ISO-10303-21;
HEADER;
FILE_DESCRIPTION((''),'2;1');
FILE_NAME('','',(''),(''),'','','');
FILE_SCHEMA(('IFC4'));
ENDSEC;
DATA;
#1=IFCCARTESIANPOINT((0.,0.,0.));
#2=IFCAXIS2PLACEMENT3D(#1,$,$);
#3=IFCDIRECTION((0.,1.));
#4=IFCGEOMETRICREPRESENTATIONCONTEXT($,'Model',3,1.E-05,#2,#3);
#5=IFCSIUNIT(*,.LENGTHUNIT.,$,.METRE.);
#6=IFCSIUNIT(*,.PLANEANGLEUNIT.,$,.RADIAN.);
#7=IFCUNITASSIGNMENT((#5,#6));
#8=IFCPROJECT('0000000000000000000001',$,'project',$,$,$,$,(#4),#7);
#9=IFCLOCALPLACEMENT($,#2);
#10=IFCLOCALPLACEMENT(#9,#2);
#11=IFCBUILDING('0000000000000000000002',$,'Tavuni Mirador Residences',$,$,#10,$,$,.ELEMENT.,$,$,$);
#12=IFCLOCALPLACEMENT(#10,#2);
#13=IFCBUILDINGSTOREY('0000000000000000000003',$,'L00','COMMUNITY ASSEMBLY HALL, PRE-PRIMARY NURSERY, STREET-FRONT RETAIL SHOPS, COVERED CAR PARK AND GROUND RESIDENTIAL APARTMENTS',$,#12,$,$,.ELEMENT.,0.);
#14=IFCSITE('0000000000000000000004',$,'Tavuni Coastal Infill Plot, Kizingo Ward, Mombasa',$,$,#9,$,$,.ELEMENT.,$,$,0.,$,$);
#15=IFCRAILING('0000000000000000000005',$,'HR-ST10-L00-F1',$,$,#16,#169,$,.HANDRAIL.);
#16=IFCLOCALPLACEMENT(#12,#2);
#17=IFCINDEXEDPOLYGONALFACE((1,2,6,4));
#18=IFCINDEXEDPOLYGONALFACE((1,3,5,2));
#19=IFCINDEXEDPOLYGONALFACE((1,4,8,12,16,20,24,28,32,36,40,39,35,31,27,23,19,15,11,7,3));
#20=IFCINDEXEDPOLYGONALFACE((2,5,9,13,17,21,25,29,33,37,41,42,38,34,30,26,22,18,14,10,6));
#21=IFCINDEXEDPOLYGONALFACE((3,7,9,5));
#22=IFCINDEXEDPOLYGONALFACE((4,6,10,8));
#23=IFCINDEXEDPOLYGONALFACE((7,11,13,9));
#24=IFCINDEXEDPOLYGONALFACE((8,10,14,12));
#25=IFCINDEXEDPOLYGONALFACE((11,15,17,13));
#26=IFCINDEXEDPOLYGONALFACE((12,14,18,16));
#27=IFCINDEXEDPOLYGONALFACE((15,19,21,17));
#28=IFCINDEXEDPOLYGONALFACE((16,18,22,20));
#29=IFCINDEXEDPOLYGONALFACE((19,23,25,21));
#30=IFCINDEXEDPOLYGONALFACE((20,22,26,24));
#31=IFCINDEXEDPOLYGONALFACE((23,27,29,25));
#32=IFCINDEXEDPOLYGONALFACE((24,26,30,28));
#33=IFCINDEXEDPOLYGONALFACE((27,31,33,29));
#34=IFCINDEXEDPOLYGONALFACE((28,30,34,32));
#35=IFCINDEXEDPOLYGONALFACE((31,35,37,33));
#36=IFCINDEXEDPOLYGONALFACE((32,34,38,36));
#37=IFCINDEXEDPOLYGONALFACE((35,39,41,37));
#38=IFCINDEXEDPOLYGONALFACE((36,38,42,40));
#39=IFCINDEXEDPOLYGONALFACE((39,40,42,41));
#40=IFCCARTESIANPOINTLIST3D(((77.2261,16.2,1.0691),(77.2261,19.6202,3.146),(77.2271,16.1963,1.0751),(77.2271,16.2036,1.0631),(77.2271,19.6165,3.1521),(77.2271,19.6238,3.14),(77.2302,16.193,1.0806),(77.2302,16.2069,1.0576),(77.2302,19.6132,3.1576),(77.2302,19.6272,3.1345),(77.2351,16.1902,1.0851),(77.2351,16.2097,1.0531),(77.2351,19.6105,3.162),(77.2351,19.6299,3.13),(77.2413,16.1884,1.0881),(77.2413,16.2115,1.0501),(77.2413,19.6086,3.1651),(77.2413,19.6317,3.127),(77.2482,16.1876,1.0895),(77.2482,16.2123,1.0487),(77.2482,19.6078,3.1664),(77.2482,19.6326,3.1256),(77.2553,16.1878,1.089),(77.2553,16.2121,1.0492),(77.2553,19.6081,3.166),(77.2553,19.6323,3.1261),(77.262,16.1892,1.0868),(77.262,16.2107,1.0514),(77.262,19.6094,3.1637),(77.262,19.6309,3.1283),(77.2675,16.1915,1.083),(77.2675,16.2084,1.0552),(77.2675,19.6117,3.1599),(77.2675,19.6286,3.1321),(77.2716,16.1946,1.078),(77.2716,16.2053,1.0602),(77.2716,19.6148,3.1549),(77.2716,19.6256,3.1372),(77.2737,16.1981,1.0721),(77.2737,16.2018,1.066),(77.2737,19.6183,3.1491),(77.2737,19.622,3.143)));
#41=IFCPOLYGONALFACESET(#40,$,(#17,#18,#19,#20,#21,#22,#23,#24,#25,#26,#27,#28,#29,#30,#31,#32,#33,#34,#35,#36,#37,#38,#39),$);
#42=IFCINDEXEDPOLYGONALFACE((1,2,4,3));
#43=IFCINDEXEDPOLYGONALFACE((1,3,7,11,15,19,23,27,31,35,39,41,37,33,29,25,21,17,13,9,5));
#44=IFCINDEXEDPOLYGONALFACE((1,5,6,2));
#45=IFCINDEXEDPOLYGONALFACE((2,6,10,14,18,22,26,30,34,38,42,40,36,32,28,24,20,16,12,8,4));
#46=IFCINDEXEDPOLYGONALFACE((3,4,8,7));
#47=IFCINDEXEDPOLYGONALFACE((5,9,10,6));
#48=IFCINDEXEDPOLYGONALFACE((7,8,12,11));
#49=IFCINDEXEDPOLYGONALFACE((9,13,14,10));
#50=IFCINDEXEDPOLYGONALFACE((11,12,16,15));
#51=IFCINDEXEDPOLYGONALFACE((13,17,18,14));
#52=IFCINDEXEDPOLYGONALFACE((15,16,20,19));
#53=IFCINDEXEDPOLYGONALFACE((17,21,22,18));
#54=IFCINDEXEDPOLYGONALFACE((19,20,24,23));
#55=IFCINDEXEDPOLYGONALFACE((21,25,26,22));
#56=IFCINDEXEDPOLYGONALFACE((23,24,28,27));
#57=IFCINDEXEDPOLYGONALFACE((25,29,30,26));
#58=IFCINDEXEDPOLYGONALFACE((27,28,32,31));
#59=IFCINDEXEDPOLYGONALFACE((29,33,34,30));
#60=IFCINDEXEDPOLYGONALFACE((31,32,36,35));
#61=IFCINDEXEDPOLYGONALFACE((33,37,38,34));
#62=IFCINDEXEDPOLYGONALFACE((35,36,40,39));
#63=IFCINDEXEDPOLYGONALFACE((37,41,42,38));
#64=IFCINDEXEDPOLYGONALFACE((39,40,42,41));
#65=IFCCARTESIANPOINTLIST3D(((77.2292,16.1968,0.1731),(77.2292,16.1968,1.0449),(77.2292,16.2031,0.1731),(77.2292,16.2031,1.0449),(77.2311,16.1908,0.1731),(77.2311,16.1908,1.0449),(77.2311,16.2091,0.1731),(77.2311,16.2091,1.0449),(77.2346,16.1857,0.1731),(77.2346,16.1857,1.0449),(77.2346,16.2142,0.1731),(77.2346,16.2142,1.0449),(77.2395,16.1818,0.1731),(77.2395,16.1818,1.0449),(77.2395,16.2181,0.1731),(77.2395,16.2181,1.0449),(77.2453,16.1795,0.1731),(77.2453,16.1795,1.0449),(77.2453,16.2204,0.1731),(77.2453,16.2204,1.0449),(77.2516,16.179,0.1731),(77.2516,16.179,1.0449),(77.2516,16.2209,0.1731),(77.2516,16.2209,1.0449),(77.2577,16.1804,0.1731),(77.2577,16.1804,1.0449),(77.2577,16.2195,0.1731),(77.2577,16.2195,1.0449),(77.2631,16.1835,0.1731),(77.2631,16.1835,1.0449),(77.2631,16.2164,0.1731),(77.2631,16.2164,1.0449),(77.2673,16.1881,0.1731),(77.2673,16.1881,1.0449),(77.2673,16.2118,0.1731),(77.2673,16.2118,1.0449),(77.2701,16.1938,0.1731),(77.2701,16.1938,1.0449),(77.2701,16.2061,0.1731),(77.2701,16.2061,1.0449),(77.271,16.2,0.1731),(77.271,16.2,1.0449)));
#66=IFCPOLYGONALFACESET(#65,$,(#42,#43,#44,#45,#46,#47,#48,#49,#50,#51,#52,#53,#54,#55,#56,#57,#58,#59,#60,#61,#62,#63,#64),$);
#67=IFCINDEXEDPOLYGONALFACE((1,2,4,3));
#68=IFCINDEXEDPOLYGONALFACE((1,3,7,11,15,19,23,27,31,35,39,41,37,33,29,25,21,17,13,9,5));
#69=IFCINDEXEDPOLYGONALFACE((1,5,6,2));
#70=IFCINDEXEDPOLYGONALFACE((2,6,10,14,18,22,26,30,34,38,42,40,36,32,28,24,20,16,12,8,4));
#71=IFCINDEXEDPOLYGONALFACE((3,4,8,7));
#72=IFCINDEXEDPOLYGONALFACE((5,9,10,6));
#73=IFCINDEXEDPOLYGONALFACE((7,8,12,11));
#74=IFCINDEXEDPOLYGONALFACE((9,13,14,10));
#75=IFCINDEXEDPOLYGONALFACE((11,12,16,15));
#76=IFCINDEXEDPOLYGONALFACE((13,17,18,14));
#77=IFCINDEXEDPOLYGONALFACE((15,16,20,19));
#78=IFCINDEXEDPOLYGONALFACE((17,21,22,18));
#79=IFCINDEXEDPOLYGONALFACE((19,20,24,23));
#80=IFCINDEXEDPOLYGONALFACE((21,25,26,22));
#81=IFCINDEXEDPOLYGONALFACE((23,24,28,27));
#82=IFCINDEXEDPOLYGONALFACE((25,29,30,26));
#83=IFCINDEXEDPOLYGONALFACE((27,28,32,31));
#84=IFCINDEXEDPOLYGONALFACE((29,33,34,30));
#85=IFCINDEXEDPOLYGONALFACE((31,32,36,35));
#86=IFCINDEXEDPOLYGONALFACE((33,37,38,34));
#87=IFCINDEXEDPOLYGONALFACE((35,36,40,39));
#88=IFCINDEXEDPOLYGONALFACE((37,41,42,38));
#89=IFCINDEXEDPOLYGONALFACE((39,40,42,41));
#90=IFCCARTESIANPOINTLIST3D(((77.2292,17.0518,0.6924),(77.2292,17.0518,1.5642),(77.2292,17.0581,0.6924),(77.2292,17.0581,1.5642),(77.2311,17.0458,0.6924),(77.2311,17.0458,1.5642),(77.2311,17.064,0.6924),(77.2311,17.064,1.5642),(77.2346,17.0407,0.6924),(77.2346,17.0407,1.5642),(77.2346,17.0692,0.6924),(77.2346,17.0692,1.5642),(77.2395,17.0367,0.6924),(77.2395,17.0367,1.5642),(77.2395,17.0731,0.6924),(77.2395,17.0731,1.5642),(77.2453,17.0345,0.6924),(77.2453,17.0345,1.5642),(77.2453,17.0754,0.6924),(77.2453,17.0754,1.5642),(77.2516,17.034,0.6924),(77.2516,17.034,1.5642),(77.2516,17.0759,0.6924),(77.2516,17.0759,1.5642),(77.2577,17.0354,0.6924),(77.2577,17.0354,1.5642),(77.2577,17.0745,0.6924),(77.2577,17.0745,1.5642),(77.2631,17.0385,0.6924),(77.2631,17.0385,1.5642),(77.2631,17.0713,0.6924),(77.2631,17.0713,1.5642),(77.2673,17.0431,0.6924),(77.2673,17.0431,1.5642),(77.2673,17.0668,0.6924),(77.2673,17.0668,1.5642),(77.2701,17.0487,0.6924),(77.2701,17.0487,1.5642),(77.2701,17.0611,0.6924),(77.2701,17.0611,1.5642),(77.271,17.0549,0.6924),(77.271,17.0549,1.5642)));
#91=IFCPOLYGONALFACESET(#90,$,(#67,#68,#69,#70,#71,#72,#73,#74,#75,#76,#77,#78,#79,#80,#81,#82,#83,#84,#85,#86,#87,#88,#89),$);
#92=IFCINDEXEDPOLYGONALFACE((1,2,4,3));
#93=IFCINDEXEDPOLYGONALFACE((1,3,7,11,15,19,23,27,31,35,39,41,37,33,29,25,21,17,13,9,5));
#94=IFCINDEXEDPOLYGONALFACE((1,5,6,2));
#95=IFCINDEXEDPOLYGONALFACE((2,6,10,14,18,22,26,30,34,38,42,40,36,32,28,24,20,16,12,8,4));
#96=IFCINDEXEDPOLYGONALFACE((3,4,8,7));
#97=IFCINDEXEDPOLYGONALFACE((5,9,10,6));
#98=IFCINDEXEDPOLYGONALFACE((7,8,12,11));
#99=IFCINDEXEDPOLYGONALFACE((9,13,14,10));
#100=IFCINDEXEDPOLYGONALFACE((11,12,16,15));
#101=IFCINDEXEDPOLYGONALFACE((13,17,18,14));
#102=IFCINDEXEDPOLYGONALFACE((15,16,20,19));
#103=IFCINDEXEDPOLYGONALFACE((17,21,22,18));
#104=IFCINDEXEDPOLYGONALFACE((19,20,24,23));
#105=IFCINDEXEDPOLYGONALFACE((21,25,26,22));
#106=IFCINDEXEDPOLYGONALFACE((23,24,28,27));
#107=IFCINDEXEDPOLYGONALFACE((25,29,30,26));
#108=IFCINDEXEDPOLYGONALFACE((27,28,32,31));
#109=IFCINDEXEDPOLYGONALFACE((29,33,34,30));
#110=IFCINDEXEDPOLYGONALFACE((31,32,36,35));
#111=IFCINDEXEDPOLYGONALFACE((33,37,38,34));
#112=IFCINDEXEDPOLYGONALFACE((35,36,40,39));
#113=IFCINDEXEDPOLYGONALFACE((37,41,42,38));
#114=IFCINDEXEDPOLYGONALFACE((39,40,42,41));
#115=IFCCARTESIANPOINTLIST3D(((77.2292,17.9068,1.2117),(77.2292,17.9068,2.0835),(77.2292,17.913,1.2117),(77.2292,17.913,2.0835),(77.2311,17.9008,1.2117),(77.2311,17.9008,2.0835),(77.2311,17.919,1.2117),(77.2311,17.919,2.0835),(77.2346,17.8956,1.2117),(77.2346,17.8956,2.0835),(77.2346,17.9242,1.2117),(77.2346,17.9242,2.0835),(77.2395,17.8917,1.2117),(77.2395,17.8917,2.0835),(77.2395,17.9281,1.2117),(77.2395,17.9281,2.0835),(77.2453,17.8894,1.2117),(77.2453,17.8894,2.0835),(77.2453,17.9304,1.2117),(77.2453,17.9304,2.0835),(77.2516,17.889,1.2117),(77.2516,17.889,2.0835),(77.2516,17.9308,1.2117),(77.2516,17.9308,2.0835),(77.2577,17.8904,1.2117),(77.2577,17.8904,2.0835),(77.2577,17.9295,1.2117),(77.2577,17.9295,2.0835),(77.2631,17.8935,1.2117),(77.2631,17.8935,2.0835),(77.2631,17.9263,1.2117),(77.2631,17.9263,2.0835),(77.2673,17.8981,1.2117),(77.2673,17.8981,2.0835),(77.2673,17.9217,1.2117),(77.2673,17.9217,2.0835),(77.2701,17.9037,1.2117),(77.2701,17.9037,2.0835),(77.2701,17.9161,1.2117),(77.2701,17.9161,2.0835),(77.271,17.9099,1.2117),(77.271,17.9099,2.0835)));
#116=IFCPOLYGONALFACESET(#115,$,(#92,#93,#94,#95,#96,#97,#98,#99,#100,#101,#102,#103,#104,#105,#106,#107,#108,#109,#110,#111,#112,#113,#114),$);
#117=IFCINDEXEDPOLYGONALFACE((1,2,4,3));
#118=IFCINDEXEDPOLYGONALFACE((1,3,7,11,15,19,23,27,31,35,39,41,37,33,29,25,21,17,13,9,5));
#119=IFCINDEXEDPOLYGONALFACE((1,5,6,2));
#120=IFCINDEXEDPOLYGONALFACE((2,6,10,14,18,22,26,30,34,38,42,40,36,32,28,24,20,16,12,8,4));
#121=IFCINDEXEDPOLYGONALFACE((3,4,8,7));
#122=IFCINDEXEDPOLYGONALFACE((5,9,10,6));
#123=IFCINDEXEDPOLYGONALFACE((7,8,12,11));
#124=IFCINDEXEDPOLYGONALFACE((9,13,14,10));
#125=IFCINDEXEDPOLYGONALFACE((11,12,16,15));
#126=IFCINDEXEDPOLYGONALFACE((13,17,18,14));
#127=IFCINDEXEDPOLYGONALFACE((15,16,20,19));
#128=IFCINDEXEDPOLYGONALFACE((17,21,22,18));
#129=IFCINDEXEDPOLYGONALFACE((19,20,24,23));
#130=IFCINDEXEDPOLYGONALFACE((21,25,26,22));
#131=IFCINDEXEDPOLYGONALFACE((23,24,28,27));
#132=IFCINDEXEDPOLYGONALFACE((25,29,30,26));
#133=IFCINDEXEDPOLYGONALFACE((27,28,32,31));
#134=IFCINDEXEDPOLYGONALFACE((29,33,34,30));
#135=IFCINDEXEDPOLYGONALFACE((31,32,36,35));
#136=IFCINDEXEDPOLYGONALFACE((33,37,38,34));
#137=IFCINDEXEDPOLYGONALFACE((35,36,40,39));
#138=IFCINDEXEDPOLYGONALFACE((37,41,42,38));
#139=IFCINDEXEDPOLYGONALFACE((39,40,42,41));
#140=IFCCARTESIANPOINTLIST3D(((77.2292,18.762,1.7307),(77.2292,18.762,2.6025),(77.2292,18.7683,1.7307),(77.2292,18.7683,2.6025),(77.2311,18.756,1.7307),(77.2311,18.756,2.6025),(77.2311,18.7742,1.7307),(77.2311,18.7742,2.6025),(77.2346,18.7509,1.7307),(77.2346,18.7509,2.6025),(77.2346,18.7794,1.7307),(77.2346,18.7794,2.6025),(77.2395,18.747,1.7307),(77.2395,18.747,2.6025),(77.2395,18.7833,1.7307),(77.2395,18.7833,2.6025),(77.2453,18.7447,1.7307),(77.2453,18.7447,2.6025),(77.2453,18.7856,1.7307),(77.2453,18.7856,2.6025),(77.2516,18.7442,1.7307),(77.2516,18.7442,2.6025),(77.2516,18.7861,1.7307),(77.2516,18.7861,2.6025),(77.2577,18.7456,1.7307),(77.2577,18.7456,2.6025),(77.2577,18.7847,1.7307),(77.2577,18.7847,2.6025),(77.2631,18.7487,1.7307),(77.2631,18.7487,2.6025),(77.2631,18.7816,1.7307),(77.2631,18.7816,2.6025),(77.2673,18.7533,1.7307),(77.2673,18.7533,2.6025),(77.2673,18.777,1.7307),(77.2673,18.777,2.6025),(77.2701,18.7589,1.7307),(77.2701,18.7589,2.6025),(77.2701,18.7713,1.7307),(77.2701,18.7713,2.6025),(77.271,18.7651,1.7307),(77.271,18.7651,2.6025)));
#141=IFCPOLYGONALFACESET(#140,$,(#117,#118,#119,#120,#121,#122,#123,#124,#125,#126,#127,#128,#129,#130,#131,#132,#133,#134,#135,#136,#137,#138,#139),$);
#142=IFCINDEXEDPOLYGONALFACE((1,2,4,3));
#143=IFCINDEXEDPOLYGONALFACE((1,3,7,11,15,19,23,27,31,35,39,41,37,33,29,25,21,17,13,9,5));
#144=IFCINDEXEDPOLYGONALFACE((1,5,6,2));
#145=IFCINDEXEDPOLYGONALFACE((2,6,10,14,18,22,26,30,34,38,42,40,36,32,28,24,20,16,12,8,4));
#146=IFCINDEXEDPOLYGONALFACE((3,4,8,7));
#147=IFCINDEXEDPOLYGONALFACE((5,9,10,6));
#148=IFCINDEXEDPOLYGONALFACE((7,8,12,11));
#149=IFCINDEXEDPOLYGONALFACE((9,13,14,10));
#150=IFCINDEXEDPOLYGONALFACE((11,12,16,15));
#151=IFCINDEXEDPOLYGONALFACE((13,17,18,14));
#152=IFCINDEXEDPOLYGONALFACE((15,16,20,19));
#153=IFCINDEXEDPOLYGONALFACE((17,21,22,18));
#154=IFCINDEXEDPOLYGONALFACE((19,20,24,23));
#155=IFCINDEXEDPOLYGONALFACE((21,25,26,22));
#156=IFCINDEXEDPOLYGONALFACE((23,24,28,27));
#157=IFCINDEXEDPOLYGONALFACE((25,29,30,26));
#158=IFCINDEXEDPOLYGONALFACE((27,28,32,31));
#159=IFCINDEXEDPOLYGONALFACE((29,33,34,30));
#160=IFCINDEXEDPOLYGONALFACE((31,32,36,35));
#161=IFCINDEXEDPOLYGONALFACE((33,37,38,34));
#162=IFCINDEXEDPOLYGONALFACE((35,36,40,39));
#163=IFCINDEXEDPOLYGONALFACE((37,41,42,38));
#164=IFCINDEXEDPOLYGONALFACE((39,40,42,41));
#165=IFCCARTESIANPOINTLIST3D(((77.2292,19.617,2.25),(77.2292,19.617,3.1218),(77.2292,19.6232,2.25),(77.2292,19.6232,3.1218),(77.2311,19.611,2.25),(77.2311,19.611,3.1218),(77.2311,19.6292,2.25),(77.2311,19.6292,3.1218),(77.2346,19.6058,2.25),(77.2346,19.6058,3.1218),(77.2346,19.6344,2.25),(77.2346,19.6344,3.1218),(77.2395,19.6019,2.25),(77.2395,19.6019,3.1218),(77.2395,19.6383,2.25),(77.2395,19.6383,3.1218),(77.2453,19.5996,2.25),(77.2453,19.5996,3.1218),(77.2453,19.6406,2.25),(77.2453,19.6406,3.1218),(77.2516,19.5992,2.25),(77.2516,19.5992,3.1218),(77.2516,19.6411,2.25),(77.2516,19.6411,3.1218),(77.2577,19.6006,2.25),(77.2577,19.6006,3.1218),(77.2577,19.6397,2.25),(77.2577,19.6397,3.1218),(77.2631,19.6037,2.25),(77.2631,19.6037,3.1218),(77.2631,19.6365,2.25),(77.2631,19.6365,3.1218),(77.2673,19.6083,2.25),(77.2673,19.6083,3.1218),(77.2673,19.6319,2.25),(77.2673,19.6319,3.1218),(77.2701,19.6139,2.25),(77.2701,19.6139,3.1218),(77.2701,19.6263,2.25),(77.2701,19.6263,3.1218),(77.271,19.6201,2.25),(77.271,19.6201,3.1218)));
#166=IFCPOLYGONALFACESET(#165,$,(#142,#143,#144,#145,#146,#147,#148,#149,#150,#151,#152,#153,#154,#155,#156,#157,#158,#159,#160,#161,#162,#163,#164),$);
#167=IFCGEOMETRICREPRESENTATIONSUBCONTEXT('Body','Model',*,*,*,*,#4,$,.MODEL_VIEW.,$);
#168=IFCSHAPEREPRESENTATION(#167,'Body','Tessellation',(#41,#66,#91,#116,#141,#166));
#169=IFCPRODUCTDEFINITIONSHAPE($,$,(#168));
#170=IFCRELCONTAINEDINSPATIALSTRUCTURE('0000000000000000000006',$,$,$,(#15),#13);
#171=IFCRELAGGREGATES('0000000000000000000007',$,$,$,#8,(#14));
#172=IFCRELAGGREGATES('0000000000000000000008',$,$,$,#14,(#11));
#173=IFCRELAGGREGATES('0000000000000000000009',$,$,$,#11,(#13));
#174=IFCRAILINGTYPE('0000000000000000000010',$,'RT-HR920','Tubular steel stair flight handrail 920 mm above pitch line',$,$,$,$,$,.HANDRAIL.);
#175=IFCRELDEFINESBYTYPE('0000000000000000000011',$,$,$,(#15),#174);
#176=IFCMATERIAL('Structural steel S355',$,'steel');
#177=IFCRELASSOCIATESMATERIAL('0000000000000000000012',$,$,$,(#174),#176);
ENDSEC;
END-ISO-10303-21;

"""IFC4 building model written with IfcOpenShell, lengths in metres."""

from ifc_helpers import new_model, si_unit, direction, frame, origin, origin_2d, place, context, subcontext, project, spatial, circle, extrude, material, type_object, element, save


model = new_model("IFC4")

# Units and contexts
model_context = context("Model", 3, precision=1e-05, world=origin(), true_north=direction((0.0, 1.0)))
body_context = subcontext(model_context, "Body", "Model", "MODEL_VIEW")
ifc_project = project(units=[si_unit("LENGTHUNIT", "METRE"), si_unit("PLANEANGLEUNIT", "RADIAN")], contexts=[model_context])

# Site, building, storey
site_placement = place(None, origin())
site = spatial("IfcSite", under=ifc_project, at=site_placement, Name="Tavuni Coastal Infill Plot, Kizingo Ward, Mombasa", CompositionType="ELEMENT", RefElevation=0.0)
building_placement = place(site_placement, origin())
building = spatial("IfcBuilding", under=site, at=building_placement, Name="Tavuni Mirador Residences", CompositionType="ELEMENT")
storey_placement = place(building_placement, origin())
storey = spatial("IfcBuildingStorey", under=building, at=storey_placement, Name="L00", Description="COMMUNITY ASSEMBLY HALL, PRE-PRIMARY NURSERY, STREET-FRONT RETAIL SHOPS, COVERED CAR PARK AND GROUND RESIDENTIAL APARTMENTS", CompositionType="ELEMENT", Elevation=0.0)

# Shared definitions
ifc_material_1 = material(Name="Structural steel S355", Category="steel")

# Railing
railing_type_1 = type_object("IfcRailingType", Name="RT-HR920", Description="Tubular steel stair flight handrail 920 mm above pitch line", PredefinedType="HANDRAIL", material=ifc_material_1)
railing_1_placement = place(storey_placement, frame((77.25, 16.2, 0.1731)))
element("IfcRailing", 1, at=railing_1_placement, inside=storey, type_object=railing_type_1, Name="HR-ST10-L00-F1", PredefinedType="HANDRAIL", context=body_context, shape_type="SweptSolid", body=[
    extrude(circle(Radius=0.0239, at=origin_2d()), frame((0.0, 0.0, 0.896), z_axis=(0.0, 0.854746, 0.519047), x_axis=(-1.0, 0.0, 0.0)), (0.0, 0.0, 1.0), 4.0015),
    extrude(circle(Radius=0.021, at=origin_2d()), origin(), (0.0, 0.0, 1.0), 0.8718),
    extrude(circle(Radius=0.021, at=origin_2d()), frame((0.0, 0.855, 0.5193)), (0.0, 0.0, 1.0), 0.8718),
    extrude(circle(Radius=0.021, at=origin_2d()), frame((0.0, 1.71, 1.0386)), (0.0, 0.0, 1.0), 0.8718),
    extrude(circle(Radius=0.021, at=origin_2d()), frame((0.0, 2.5652, 1.5576)), (0.0, 0.0, 1.0), 0.8718),
    extrude(circle(Radius=0.021, at=origin_2d()), frame((0.0, 3.4202, 2.0769)), (0.0, 0.0, 1.0), 0.8718),
])

save(model, "model.ifc")
